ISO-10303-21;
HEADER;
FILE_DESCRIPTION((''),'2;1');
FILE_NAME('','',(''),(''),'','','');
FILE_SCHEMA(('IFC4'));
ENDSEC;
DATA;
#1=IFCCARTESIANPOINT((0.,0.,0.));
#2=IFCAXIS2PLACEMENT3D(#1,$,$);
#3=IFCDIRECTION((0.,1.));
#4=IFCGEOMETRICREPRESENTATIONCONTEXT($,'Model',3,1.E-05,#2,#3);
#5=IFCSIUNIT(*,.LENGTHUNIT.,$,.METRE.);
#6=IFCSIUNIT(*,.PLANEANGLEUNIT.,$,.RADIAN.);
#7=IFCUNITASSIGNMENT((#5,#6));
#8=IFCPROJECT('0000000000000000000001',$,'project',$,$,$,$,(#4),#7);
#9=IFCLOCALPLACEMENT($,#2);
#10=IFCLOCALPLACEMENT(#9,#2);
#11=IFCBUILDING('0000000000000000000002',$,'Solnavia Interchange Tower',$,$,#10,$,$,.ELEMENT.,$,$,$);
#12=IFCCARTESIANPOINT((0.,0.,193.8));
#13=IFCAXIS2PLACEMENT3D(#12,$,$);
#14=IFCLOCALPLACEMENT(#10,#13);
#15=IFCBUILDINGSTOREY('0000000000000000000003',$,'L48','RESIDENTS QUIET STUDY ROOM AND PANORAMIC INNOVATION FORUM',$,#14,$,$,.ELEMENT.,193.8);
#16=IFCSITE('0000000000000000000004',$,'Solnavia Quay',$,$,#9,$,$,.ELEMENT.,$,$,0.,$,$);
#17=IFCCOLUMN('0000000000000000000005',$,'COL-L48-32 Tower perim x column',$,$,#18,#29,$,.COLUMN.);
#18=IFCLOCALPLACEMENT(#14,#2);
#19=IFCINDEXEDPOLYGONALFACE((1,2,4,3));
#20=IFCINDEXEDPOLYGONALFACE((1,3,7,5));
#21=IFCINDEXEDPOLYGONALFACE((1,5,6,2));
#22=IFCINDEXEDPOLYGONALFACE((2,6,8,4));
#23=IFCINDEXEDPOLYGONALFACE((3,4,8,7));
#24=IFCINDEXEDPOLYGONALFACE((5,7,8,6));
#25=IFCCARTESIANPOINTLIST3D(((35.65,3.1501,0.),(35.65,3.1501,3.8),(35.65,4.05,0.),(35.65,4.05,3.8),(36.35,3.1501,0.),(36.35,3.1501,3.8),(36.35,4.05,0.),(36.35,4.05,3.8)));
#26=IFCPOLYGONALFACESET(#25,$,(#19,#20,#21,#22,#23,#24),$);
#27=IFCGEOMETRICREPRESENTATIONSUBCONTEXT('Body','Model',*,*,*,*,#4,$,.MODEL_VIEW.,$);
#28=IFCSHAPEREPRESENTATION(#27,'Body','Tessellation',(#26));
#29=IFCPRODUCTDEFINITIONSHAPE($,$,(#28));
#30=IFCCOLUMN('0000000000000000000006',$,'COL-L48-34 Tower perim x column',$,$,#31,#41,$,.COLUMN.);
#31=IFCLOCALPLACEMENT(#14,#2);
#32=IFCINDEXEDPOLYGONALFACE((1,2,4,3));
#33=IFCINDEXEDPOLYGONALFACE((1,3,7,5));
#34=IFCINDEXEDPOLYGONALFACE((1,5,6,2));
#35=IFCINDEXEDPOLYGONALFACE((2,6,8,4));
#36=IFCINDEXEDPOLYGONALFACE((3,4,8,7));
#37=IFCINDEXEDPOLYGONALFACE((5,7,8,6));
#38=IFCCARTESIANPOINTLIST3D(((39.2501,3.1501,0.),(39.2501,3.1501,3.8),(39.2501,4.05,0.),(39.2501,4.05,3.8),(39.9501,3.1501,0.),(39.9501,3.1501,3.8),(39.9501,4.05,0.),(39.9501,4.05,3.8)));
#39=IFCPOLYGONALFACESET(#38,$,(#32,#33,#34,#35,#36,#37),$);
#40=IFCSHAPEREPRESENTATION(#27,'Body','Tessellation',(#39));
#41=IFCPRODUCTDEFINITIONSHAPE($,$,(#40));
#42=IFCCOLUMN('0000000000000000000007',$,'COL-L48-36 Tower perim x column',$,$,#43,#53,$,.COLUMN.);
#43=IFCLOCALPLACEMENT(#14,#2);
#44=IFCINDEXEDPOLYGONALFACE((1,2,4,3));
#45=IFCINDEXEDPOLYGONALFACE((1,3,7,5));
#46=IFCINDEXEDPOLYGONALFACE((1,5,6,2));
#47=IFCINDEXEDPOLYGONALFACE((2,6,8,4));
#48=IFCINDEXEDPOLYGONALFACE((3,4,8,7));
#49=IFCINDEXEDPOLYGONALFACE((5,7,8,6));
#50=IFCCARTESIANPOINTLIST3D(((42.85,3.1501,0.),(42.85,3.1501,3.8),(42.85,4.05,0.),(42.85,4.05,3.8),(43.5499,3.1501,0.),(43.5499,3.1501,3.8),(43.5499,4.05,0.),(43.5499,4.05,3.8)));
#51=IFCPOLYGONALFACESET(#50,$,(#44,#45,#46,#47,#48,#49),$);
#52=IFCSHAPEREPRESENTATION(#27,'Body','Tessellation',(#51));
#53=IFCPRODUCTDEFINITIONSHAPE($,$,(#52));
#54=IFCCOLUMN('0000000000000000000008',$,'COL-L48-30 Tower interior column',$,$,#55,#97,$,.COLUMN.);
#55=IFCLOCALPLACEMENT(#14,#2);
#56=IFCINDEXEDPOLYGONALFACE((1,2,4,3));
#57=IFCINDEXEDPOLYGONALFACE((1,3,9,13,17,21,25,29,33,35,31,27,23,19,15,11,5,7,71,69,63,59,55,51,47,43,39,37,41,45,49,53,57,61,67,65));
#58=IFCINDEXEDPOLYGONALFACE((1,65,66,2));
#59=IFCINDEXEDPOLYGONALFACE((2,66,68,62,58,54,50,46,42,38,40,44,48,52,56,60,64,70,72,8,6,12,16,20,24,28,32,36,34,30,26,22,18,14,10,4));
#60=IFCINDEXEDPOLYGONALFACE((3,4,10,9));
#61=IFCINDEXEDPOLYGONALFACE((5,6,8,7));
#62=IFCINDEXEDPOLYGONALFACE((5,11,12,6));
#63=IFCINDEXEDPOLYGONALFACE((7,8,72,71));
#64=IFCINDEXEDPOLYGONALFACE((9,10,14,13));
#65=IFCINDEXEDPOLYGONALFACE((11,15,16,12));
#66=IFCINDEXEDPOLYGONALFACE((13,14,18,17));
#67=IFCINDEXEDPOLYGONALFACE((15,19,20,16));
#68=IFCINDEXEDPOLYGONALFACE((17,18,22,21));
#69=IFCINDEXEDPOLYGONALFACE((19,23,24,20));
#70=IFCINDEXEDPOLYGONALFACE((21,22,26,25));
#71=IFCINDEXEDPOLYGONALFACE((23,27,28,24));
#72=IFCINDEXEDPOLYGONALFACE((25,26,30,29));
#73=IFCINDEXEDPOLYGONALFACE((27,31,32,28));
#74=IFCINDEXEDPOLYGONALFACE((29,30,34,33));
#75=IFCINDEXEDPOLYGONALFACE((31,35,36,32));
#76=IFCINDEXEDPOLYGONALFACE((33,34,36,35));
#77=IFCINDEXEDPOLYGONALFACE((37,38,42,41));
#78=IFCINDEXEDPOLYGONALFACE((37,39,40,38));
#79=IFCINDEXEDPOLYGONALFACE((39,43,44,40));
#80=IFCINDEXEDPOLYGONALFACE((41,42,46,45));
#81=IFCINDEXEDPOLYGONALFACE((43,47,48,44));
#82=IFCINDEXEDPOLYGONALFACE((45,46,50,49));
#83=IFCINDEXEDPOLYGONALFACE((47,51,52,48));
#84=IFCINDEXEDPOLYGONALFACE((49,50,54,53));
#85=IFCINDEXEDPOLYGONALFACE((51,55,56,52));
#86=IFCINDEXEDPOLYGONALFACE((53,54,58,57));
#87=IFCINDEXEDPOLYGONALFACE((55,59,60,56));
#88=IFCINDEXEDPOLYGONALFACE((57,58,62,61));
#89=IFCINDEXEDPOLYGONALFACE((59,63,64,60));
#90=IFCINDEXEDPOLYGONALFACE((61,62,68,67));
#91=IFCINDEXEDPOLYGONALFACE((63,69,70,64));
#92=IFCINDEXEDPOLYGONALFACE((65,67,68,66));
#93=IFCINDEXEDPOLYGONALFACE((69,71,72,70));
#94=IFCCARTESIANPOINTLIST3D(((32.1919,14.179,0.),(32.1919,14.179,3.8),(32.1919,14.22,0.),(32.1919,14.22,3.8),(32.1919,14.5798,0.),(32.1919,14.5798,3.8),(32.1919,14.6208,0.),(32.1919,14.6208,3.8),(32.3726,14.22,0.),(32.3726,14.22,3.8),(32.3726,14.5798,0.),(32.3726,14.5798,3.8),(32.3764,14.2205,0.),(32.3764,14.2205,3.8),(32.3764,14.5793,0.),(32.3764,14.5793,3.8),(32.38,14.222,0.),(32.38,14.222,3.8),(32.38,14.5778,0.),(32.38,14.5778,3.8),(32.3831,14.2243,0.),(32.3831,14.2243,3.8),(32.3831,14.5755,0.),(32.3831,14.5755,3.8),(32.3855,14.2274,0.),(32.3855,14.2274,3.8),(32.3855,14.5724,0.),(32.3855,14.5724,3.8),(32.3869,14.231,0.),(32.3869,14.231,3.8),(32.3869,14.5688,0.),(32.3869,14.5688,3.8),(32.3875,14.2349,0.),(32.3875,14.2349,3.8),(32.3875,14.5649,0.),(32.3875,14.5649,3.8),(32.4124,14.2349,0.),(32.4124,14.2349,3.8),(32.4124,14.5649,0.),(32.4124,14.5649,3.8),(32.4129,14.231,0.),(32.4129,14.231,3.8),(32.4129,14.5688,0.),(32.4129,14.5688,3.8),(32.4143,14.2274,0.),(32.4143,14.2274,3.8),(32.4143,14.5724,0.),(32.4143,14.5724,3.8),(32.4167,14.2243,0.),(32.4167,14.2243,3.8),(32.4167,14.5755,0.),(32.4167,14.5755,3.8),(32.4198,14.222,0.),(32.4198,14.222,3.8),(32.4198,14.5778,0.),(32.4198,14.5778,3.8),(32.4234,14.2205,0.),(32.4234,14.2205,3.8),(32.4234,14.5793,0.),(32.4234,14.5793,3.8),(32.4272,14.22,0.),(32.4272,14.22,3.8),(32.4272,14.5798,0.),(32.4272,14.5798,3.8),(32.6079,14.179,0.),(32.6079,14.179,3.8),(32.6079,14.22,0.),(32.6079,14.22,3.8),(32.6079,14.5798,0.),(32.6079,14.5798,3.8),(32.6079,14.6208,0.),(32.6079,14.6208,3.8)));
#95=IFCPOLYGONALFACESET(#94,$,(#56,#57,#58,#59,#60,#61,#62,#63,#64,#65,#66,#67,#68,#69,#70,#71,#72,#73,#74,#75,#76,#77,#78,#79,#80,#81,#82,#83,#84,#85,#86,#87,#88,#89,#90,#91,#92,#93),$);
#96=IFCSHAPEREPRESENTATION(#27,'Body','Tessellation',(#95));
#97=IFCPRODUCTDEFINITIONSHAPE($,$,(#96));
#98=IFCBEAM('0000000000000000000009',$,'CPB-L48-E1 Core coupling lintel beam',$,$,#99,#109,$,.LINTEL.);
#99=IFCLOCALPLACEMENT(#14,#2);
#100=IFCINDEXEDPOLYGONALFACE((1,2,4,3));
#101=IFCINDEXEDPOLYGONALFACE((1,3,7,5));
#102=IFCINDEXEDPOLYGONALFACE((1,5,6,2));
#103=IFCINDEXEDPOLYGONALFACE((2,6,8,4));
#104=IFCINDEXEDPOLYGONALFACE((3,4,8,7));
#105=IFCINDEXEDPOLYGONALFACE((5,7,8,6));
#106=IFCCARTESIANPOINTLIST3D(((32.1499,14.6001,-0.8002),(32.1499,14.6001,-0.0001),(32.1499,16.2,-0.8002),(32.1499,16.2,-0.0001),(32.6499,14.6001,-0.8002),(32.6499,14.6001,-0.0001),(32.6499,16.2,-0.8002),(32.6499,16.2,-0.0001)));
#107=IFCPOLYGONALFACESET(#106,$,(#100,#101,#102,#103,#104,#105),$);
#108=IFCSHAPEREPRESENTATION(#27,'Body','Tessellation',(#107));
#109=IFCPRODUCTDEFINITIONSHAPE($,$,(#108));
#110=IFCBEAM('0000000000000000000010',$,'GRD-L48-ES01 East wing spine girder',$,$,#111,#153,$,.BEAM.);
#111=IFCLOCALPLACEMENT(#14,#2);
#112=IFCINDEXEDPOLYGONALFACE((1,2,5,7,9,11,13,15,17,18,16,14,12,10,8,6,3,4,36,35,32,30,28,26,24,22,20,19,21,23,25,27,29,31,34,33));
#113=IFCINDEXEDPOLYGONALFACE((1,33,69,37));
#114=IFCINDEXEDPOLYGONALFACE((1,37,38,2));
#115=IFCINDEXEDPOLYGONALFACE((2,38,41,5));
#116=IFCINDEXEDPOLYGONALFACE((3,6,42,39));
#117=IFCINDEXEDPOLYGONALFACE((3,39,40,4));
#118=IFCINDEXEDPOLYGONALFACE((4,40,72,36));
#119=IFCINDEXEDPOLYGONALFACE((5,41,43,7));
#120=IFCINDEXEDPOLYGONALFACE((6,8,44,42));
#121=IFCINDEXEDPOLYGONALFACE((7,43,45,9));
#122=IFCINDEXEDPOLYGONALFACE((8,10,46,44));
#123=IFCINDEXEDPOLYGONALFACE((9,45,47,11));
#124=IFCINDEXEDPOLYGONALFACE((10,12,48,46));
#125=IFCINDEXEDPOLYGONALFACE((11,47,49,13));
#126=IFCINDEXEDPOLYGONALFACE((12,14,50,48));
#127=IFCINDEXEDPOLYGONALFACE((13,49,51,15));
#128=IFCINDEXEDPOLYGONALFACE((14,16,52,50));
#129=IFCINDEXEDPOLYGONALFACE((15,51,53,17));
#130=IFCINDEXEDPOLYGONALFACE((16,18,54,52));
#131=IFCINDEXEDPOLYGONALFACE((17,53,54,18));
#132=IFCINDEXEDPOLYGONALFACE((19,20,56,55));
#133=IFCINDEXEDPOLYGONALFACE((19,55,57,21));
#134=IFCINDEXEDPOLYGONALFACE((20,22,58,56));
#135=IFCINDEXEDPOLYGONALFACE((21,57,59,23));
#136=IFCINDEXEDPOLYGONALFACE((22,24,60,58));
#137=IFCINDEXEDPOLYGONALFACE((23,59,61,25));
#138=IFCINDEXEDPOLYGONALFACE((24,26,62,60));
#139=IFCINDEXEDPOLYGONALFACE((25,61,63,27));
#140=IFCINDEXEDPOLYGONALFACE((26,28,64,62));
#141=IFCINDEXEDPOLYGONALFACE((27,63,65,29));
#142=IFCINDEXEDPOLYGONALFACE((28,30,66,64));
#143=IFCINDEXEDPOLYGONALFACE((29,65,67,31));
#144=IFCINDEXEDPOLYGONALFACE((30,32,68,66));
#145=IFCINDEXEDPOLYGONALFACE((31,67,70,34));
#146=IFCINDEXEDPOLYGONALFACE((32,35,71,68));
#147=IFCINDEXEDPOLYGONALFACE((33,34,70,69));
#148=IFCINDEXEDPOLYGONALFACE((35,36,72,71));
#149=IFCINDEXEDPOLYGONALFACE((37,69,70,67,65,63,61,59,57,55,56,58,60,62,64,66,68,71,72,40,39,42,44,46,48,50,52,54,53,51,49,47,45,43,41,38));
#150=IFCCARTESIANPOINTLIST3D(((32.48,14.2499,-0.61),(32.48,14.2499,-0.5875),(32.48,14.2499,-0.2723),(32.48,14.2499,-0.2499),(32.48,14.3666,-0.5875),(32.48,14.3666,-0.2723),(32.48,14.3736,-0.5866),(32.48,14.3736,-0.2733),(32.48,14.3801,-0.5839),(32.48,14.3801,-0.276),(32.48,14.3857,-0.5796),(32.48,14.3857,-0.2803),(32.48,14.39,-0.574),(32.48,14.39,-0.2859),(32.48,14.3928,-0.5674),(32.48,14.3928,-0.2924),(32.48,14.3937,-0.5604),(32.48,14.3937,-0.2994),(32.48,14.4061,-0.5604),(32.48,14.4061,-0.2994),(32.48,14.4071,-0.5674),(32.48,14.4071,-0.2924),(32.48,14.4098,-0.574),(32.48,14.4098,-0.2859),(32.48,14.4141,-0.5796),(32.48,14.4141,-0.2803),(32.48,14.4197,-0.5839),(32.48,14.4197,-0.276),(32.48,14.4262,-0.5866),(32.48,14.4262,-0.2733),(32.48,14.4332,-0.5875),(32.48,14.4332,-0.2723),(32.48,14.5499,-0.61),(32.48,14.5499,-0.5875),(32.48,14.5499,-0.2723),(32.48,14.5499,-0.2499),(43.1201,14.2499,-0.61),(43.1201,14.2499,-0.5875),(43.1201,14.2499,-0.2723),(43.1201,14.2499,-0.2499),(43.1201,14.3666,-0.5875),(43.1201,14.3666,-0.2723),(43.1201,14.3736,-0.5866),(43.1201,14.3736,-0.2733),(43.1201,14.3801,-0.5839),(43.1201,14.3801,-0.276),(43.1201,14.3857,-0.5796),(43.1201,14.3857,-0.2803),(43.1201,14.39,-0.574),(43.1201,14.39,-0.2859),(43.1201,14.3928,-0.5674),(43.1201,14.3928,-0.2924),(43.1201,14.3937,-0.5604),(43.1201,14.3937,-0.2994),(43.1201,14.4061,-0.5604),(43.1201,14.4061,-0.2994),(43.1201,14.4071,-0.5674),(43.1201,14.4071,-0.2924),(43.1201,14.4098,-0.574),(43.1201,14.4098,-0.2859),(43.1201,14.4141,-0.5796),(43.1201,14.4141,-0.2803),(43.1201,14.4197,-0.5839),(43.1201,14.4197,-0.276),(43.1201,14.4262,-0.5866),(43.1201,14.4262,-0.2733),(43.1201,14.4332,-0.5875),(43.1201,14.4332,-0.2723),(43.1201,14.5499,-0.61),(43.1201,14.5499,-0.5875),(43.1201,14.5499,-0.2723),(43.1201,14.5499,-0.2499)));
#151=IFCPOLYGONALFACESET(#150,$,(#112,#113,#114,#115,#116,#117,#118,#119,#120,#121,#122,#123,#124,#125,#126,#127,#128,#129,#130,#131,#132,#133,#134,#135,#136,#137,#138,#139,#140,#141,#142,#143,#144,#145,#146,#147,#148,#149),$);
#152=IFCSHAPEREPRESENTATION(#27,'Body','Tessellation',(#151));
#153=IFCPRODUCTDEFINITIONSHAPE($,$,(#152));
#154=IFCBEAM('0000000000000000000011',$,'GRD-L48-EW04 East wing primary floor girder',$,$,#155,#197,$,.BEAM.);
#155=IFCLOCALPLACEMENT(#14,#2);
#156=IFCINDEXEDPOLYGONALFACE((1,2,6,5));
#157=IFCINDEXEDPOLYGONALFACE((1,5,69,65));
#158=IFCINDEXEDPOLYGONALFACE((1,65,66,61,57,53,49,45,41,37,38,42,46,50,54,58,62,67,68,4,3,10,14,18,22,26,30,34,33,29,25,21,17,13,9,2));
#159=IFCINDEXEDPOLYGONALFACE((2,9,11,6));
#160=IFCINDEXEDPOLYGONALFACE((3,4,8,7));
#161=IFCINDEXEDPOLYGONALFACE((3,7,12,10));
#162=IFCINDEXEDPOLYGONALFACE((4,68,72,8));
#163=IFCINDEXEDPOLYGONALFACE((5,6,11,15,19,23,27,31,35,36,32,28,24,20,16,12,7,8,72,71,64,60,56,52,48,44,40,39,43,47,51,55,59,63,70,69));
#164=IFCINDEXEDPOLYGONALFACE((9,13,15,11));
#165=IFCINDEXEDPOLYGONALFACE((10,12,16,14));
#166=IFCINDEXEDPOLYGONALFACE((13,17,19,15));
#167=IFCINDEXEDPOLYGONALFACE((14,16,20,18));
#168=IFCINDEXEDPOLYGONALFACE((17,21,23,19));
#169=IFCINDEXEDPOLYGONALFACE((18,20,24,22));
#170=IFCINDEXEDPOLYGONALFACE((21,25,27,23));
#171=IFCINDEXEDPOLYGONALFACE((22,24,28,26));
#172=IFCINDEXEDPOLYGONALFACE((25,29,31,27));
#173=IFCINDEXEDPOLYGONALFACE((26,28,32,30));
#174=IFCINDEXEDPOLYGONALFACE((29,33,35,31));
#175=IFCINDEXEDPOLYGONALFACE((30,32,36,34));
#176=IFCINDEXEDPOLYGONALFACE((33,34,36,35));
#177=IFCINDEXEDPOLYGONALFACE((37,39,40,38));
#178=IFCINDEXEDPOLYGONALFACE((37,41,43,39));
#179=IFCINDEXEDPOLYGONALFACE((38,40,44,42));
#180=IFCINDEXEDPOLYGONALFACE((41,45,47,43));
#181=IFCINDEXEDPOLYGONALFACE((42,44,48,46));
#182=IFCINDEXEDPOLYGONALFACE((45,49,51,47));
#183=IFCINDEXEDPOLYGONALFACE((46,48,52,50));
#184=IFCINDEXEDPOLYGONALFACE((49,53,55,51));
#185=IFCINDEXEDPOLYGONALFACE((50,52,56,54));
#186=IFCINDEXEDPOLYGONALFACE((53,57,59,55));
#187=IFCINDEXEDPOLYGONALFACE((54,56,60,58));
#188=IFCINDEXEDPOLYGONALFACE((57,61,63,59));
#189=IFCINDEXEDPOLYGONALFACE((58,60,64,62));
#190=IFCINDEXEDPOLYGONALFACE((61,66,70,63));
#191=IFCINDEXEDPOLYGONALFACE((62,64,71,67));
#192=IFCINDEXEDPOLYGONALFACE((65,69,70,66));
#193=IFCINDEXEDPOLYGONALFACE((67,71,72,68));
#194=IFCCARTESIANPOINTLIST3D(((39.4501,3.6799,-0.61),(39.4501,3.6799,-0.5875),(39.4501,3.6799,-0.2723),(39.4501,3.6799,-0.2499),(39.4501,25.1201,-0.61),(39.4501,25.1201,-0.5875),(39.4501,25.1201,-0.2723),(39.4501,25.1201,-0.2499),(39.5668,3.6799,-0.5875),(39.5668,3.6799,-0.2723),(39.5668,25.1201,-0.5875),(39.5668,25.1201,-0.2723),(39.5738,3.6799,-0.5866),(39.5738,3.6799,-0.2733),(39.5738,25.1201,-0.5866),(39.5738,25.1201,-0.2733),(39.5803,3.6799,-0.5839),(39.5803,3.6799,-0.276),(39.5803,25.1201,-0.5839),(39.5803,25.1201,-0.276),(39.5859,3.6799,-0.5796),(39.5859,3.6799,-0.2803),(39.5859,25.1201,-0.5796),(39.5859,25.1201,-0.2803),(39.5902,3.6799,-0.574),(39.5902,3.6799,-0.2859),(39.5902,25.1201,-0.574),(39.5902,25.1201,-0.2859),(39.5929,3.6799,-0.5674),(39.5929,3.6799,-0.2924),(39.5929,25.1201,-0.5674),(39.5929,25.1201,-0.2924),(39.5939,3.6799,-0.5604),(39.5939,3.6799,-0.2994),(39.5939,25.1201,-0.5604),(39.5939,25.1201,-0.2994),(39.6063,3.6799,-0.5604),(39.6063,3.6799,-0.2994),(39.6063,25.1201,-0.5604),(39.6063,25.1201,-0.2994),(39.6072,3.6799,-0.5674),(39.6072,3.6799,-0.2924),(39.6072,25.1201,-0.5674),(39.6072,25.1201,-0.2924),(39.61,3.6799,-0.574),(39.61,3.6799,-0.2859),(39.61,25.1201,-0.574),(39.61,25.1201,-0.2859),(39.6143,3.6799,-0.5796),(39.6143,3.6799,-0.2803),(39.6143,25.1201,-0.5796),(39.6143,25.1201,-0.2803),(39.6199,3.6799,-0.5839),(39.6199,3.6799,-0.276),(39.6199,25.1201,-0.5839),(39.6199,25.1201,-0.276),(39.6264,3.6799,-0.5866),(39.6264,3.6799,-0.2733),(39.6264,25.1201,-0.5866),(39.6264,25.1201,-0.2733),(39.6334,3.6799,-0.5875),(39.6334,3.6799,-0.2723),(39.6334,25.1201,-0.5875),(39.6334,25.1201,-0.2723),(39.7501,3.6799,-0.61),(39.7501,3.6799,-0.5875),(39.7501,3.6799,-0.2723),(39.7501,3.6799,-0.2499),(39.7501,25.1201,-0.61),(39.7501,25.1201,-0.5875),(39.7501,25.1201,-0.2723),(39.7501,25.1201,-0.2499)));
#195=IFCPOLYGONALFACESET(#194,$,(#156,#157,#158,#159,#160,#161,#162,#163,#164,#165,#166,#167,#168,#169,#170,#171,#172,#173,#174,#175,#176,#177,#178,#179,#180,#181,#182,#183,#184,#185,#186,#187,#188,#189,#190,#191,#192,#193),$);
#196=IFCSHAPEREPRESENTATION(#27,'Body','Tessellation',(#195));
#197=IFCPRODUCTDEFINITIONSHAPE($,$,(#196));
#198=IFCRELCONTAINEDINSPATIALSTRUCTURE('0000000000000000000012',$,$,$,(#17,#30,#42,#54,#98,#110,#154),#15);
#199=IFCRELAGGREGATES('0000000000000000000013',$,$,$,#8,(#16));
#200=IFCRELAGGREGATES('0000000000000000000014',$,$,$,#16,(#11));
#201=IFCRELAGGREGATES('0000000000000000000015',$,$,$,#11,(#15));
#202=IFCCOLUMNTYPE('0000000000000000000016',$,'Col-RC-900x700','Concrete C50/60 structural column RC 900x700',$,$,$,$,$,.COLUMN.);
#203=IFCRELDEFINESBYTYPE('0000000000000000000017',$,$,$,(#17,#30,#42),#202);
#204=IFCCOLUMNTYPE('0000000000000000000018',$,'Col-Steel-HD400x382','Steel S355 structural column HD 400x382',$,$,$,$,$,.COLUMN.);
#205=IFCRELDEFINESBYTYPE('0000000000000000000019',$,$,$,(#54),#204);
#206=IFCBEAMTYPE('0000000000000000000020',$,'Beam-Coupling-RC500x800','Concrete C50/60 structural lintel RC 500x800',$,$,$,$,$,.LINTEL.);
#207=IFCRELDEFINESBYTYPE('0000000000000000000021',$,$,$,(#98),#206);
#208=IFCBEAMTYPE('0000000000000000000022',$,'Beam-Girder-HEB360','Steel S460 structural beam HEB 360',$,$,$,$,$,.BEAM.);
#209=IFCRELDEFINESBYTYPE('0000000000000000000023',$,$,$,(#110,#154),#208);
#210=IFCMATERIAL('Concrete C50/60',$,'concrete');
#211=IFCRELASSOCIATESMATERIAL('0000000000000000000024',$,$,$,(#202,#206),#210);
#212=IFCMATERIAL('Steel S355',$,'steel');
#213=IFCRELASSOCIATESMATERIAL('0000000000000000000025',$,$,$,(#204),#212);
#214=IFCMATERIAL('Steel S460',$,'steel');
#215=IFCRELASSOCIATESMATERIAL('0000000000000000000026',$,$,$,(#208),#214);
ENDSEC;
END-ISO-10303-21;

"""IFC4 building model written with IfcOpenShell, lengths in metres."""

from ifc_helpers import new_model, si_unit, direction, frame, origin, origin_2d, place, context, subcontext, project, spatial, rectangle, i_section, extrude, material, material_profile, profile_set, type_object, element, save


model = new_model("IFC4")

# Units and contexts
model_context = context("Model", 3, precision=1e-05, world=origin(), true_north=direction((0.0, 1.0)))
body_context = subcontext(model_context, "Body", "Model", "MODEL_VIEW")
ifc_project = project(units=[si_unit("LENGTHUNIT", "METRE"), si_unit("PLANEANGLEUNIT", "RADIAN")], contexts=[model_context])

# Site, building, storey
site_placement = place(None, origin())
site = spatial("IfcSite", under=ifc_project, at=site_placement, Name="Solnavia Quay", CompositionType="ELEMENT", RefElevation=0.0)
building_placement = place(site_placement, origin())
building = spatial("IfcBuilding", under=site, at=building_placement, Name="Solnavia Interchange Tower", CompositionType="ELEMENT")
storey_placement = place(building_placement, frame((0.0, 0.0, 193.8)))
storey = spatial("IfcBuildingStorey", under=building, at=storey_placement, Name="L48", Description="RESIDENTS QUIET STUDY ROOM AND PANORAMIC INNOVATION FORUM", CompositionType="ELEMENT", Elevation=193.8)

# Columns
ifc_material_1 = material(Name="Concrete C50/60", Category="concrete")
ifc_material_profile_1 = material_profile(ifc_material_1, rectangle(XDim=0.7, YDim=0.8999, at=origin_2d()), Name="RC 900x700")
ifc_profile_set_1 = profile_set([ifc_material_profile_1], Name="Concrete C50/60")
column_type_1 = type_object("IfcColumnType", Name="Col-RC-900x700", Description="Concrete C50/60 structural column RC 900x700", PredefinedType="COLUMN", material=ifc_profile_set_1)
for number, where, z_axis, x_axis, name in (
    (1, (36.0, 3.6001, 0.0), (0.0, 0.0, 1.0), (1.0, 0.0, 0.0), "COL-L48-32 Tower perim x column"),
    (2, (39.6001, 3.6001, 0.0), (0.0, 0.0, 1.0), (1.0, 0.0, 0.0), "COL-L48-34 Tower perim x column"),
    (3, (43.2, 3.6001, 0.0), (0.0, 0.0, 1.0), (1.0, 0.0, 0.0), "COL-L48-36 Tower perim x column"),
):
    element("IfcColumn", number, at=place(storey_placement, frame(where, z_axis=z_axis, x_axis=x_axis)), inside=storey, type_object=column_type_1, Name=name, PredefinedType="COLUMN", context=body_context, shape_type="SweptSolid", body=[
        extrude(rectangle(XDim=0.7, YDim=0.8999, at=origin_2d()), origin(), (0.0, 0.0, 1.0), 3.8),
    ])
ifc_material_2 = material(Name="Steel S355", Category="steel")
ifc_material_profile_2 = material_profile(ifc_material_2, i_section(OverallWidth=0.416, OverallDepth=0.4419, WebThickness=0.0249, FlangeThickness=0.041, FilletRadius=0.0149, at=origin_2d()), Name="HD 400x382")
ifc_profile_set_2 = profile_set([ifc_material_profile_2], Name="Steel S355")
column_type_2 = type_object("IfcColumnType", Name="Col-Steel-HD400x382", Description="Steel S355 structural column HD 400x382", PredefinedType="COLUMN", material=ifc_profile_set_2)
column_placement = place(storey_placement, frame((32.3999, 14.3999, 0.0), z_axis=(0.0, 0.0, 1.0), x_axis=(1.0, 0.0, 0.0)))
element("IfcColumn", 4, at=column_placement, inside=storey, type_object=column_type_2, Name="COL-L48-30 Tower interior column", PredefinedType="COLUMN", context=body_context, shape_type="SweptSolid", body=[
    extrude(i_section(OverallWidth=0.416, OverallDepth=0.4419, WebThickness=0.0249, FlangeThickness=0.041, FilletRadius=0.0149, at=origin_2d()), origin(), (0.0, 0.0, 1.0), 3.8),
])

# Beams
ifc_material_profile_3 = material_profile(ifc_material_1, rectangle(XDim=0.5, YDim=0.8, at=origin_2d()), Name="RC 500x800")
ifc_profile_set_3 = profile_set([ifc_material_profile_3], Name="Concrete C50/60")
beam_type_1 = type_object("IfcBeamType", Name="Beam-Coupling-RC500x800", Description="Concrete C50/60 structural lintel RC 500x800", PredefinedType="LINTEL", material=ifc_profile_set_3)
beam_1_placement = place(storey_placement, frame((32.3999, 14.6001, -0.4001), z_axis=(0.0, 1.0, 0.0), x_axis=(-1.0, 0.0, 0.0)))
element("IfcBeam", 5, at=beam_1_placement, inside=storey, type_object=beam_type_1, Name="CPB-L48-E1 Core coupling lintel beam", PredefinedType="LINTEL", context=body_context, shape_type="SweptSolid", body=[
    extrude(rectangle(XDim=0.5, YDim=0.8, at=origin_2d()), origin(), (0.0, 0.0, 1.0), 1.5999),
])
ifc_material_3 = material(Name="Steel S460", Category="steel")
ifc_material_profile_4 = material_profile(ifc_material_3, i_section(OverallWidth=0.3, OverallDepth=0.3601, WebThickness=0.0125, FlangeThickness=0.0225, FilletRadius=0.0271, at=origin_2d()), Name="HEB 360")
ifc_profile_set_4 = profile_set([ifc_material_profile_4], Name="Steel S460")
beam_type_2 = type_object("IfcBeamType", Name="Beam-Girder-HEB360", Description="Steel S460 structural beam HEB 360", PredefinedType="BEAM", material=ifc_profile_set_4)
beam_2_placement = place(storey_placement, frame((32.48, 14.3999, -0.4299), z_axis=(1.0, 0.0, 0.0), x_axis=(0.0, 1.0, 0.0)))
element("IfcBeam", 6, at=beam_2_placement, inside=storey, type_object=beam_type_2, Name="GRD-L48-ES01 East wing spine girder", PredefinedType="BEAM", context=body_context, shape_type="SweptSolid", body=[
    extrude(i_section(OverallWidth=0.3, OverallDepth=0.3601, WebThickness=0.0125, FlangeThickness=0.0225, FilletRadius=0.0271, at=origin_2d()), origin(), (0.0, 0.0, 1.0), 10.6401),
])
beam_3_placement = place(storey_placement, frame((39.6001, 3.6799, -0.4299), z_axis=(0.0, 1.0, 0.0), x_axis=(-1.0, 0.0, 0.0)))
element("IfcBeam", 7, at=beam_3_placement, inside=storey, type_object=beam_type_2, Name="GRD-L48-EW04 East wing primary floor girder", PredefinedType="BEAM", context=body_context, shape_type="SweptSolid", body=[
    extrude(i_section(OverallWidth=0.3, OverallDepth=0.3601, WebThickness=0.0125, FlangeThickness=0.0225, FilletRadius=0.0271, at=origin_2d()), origin(), (0.0, 0.0, 1.0), 21.4402),
])

save(model, "model.ifc")
